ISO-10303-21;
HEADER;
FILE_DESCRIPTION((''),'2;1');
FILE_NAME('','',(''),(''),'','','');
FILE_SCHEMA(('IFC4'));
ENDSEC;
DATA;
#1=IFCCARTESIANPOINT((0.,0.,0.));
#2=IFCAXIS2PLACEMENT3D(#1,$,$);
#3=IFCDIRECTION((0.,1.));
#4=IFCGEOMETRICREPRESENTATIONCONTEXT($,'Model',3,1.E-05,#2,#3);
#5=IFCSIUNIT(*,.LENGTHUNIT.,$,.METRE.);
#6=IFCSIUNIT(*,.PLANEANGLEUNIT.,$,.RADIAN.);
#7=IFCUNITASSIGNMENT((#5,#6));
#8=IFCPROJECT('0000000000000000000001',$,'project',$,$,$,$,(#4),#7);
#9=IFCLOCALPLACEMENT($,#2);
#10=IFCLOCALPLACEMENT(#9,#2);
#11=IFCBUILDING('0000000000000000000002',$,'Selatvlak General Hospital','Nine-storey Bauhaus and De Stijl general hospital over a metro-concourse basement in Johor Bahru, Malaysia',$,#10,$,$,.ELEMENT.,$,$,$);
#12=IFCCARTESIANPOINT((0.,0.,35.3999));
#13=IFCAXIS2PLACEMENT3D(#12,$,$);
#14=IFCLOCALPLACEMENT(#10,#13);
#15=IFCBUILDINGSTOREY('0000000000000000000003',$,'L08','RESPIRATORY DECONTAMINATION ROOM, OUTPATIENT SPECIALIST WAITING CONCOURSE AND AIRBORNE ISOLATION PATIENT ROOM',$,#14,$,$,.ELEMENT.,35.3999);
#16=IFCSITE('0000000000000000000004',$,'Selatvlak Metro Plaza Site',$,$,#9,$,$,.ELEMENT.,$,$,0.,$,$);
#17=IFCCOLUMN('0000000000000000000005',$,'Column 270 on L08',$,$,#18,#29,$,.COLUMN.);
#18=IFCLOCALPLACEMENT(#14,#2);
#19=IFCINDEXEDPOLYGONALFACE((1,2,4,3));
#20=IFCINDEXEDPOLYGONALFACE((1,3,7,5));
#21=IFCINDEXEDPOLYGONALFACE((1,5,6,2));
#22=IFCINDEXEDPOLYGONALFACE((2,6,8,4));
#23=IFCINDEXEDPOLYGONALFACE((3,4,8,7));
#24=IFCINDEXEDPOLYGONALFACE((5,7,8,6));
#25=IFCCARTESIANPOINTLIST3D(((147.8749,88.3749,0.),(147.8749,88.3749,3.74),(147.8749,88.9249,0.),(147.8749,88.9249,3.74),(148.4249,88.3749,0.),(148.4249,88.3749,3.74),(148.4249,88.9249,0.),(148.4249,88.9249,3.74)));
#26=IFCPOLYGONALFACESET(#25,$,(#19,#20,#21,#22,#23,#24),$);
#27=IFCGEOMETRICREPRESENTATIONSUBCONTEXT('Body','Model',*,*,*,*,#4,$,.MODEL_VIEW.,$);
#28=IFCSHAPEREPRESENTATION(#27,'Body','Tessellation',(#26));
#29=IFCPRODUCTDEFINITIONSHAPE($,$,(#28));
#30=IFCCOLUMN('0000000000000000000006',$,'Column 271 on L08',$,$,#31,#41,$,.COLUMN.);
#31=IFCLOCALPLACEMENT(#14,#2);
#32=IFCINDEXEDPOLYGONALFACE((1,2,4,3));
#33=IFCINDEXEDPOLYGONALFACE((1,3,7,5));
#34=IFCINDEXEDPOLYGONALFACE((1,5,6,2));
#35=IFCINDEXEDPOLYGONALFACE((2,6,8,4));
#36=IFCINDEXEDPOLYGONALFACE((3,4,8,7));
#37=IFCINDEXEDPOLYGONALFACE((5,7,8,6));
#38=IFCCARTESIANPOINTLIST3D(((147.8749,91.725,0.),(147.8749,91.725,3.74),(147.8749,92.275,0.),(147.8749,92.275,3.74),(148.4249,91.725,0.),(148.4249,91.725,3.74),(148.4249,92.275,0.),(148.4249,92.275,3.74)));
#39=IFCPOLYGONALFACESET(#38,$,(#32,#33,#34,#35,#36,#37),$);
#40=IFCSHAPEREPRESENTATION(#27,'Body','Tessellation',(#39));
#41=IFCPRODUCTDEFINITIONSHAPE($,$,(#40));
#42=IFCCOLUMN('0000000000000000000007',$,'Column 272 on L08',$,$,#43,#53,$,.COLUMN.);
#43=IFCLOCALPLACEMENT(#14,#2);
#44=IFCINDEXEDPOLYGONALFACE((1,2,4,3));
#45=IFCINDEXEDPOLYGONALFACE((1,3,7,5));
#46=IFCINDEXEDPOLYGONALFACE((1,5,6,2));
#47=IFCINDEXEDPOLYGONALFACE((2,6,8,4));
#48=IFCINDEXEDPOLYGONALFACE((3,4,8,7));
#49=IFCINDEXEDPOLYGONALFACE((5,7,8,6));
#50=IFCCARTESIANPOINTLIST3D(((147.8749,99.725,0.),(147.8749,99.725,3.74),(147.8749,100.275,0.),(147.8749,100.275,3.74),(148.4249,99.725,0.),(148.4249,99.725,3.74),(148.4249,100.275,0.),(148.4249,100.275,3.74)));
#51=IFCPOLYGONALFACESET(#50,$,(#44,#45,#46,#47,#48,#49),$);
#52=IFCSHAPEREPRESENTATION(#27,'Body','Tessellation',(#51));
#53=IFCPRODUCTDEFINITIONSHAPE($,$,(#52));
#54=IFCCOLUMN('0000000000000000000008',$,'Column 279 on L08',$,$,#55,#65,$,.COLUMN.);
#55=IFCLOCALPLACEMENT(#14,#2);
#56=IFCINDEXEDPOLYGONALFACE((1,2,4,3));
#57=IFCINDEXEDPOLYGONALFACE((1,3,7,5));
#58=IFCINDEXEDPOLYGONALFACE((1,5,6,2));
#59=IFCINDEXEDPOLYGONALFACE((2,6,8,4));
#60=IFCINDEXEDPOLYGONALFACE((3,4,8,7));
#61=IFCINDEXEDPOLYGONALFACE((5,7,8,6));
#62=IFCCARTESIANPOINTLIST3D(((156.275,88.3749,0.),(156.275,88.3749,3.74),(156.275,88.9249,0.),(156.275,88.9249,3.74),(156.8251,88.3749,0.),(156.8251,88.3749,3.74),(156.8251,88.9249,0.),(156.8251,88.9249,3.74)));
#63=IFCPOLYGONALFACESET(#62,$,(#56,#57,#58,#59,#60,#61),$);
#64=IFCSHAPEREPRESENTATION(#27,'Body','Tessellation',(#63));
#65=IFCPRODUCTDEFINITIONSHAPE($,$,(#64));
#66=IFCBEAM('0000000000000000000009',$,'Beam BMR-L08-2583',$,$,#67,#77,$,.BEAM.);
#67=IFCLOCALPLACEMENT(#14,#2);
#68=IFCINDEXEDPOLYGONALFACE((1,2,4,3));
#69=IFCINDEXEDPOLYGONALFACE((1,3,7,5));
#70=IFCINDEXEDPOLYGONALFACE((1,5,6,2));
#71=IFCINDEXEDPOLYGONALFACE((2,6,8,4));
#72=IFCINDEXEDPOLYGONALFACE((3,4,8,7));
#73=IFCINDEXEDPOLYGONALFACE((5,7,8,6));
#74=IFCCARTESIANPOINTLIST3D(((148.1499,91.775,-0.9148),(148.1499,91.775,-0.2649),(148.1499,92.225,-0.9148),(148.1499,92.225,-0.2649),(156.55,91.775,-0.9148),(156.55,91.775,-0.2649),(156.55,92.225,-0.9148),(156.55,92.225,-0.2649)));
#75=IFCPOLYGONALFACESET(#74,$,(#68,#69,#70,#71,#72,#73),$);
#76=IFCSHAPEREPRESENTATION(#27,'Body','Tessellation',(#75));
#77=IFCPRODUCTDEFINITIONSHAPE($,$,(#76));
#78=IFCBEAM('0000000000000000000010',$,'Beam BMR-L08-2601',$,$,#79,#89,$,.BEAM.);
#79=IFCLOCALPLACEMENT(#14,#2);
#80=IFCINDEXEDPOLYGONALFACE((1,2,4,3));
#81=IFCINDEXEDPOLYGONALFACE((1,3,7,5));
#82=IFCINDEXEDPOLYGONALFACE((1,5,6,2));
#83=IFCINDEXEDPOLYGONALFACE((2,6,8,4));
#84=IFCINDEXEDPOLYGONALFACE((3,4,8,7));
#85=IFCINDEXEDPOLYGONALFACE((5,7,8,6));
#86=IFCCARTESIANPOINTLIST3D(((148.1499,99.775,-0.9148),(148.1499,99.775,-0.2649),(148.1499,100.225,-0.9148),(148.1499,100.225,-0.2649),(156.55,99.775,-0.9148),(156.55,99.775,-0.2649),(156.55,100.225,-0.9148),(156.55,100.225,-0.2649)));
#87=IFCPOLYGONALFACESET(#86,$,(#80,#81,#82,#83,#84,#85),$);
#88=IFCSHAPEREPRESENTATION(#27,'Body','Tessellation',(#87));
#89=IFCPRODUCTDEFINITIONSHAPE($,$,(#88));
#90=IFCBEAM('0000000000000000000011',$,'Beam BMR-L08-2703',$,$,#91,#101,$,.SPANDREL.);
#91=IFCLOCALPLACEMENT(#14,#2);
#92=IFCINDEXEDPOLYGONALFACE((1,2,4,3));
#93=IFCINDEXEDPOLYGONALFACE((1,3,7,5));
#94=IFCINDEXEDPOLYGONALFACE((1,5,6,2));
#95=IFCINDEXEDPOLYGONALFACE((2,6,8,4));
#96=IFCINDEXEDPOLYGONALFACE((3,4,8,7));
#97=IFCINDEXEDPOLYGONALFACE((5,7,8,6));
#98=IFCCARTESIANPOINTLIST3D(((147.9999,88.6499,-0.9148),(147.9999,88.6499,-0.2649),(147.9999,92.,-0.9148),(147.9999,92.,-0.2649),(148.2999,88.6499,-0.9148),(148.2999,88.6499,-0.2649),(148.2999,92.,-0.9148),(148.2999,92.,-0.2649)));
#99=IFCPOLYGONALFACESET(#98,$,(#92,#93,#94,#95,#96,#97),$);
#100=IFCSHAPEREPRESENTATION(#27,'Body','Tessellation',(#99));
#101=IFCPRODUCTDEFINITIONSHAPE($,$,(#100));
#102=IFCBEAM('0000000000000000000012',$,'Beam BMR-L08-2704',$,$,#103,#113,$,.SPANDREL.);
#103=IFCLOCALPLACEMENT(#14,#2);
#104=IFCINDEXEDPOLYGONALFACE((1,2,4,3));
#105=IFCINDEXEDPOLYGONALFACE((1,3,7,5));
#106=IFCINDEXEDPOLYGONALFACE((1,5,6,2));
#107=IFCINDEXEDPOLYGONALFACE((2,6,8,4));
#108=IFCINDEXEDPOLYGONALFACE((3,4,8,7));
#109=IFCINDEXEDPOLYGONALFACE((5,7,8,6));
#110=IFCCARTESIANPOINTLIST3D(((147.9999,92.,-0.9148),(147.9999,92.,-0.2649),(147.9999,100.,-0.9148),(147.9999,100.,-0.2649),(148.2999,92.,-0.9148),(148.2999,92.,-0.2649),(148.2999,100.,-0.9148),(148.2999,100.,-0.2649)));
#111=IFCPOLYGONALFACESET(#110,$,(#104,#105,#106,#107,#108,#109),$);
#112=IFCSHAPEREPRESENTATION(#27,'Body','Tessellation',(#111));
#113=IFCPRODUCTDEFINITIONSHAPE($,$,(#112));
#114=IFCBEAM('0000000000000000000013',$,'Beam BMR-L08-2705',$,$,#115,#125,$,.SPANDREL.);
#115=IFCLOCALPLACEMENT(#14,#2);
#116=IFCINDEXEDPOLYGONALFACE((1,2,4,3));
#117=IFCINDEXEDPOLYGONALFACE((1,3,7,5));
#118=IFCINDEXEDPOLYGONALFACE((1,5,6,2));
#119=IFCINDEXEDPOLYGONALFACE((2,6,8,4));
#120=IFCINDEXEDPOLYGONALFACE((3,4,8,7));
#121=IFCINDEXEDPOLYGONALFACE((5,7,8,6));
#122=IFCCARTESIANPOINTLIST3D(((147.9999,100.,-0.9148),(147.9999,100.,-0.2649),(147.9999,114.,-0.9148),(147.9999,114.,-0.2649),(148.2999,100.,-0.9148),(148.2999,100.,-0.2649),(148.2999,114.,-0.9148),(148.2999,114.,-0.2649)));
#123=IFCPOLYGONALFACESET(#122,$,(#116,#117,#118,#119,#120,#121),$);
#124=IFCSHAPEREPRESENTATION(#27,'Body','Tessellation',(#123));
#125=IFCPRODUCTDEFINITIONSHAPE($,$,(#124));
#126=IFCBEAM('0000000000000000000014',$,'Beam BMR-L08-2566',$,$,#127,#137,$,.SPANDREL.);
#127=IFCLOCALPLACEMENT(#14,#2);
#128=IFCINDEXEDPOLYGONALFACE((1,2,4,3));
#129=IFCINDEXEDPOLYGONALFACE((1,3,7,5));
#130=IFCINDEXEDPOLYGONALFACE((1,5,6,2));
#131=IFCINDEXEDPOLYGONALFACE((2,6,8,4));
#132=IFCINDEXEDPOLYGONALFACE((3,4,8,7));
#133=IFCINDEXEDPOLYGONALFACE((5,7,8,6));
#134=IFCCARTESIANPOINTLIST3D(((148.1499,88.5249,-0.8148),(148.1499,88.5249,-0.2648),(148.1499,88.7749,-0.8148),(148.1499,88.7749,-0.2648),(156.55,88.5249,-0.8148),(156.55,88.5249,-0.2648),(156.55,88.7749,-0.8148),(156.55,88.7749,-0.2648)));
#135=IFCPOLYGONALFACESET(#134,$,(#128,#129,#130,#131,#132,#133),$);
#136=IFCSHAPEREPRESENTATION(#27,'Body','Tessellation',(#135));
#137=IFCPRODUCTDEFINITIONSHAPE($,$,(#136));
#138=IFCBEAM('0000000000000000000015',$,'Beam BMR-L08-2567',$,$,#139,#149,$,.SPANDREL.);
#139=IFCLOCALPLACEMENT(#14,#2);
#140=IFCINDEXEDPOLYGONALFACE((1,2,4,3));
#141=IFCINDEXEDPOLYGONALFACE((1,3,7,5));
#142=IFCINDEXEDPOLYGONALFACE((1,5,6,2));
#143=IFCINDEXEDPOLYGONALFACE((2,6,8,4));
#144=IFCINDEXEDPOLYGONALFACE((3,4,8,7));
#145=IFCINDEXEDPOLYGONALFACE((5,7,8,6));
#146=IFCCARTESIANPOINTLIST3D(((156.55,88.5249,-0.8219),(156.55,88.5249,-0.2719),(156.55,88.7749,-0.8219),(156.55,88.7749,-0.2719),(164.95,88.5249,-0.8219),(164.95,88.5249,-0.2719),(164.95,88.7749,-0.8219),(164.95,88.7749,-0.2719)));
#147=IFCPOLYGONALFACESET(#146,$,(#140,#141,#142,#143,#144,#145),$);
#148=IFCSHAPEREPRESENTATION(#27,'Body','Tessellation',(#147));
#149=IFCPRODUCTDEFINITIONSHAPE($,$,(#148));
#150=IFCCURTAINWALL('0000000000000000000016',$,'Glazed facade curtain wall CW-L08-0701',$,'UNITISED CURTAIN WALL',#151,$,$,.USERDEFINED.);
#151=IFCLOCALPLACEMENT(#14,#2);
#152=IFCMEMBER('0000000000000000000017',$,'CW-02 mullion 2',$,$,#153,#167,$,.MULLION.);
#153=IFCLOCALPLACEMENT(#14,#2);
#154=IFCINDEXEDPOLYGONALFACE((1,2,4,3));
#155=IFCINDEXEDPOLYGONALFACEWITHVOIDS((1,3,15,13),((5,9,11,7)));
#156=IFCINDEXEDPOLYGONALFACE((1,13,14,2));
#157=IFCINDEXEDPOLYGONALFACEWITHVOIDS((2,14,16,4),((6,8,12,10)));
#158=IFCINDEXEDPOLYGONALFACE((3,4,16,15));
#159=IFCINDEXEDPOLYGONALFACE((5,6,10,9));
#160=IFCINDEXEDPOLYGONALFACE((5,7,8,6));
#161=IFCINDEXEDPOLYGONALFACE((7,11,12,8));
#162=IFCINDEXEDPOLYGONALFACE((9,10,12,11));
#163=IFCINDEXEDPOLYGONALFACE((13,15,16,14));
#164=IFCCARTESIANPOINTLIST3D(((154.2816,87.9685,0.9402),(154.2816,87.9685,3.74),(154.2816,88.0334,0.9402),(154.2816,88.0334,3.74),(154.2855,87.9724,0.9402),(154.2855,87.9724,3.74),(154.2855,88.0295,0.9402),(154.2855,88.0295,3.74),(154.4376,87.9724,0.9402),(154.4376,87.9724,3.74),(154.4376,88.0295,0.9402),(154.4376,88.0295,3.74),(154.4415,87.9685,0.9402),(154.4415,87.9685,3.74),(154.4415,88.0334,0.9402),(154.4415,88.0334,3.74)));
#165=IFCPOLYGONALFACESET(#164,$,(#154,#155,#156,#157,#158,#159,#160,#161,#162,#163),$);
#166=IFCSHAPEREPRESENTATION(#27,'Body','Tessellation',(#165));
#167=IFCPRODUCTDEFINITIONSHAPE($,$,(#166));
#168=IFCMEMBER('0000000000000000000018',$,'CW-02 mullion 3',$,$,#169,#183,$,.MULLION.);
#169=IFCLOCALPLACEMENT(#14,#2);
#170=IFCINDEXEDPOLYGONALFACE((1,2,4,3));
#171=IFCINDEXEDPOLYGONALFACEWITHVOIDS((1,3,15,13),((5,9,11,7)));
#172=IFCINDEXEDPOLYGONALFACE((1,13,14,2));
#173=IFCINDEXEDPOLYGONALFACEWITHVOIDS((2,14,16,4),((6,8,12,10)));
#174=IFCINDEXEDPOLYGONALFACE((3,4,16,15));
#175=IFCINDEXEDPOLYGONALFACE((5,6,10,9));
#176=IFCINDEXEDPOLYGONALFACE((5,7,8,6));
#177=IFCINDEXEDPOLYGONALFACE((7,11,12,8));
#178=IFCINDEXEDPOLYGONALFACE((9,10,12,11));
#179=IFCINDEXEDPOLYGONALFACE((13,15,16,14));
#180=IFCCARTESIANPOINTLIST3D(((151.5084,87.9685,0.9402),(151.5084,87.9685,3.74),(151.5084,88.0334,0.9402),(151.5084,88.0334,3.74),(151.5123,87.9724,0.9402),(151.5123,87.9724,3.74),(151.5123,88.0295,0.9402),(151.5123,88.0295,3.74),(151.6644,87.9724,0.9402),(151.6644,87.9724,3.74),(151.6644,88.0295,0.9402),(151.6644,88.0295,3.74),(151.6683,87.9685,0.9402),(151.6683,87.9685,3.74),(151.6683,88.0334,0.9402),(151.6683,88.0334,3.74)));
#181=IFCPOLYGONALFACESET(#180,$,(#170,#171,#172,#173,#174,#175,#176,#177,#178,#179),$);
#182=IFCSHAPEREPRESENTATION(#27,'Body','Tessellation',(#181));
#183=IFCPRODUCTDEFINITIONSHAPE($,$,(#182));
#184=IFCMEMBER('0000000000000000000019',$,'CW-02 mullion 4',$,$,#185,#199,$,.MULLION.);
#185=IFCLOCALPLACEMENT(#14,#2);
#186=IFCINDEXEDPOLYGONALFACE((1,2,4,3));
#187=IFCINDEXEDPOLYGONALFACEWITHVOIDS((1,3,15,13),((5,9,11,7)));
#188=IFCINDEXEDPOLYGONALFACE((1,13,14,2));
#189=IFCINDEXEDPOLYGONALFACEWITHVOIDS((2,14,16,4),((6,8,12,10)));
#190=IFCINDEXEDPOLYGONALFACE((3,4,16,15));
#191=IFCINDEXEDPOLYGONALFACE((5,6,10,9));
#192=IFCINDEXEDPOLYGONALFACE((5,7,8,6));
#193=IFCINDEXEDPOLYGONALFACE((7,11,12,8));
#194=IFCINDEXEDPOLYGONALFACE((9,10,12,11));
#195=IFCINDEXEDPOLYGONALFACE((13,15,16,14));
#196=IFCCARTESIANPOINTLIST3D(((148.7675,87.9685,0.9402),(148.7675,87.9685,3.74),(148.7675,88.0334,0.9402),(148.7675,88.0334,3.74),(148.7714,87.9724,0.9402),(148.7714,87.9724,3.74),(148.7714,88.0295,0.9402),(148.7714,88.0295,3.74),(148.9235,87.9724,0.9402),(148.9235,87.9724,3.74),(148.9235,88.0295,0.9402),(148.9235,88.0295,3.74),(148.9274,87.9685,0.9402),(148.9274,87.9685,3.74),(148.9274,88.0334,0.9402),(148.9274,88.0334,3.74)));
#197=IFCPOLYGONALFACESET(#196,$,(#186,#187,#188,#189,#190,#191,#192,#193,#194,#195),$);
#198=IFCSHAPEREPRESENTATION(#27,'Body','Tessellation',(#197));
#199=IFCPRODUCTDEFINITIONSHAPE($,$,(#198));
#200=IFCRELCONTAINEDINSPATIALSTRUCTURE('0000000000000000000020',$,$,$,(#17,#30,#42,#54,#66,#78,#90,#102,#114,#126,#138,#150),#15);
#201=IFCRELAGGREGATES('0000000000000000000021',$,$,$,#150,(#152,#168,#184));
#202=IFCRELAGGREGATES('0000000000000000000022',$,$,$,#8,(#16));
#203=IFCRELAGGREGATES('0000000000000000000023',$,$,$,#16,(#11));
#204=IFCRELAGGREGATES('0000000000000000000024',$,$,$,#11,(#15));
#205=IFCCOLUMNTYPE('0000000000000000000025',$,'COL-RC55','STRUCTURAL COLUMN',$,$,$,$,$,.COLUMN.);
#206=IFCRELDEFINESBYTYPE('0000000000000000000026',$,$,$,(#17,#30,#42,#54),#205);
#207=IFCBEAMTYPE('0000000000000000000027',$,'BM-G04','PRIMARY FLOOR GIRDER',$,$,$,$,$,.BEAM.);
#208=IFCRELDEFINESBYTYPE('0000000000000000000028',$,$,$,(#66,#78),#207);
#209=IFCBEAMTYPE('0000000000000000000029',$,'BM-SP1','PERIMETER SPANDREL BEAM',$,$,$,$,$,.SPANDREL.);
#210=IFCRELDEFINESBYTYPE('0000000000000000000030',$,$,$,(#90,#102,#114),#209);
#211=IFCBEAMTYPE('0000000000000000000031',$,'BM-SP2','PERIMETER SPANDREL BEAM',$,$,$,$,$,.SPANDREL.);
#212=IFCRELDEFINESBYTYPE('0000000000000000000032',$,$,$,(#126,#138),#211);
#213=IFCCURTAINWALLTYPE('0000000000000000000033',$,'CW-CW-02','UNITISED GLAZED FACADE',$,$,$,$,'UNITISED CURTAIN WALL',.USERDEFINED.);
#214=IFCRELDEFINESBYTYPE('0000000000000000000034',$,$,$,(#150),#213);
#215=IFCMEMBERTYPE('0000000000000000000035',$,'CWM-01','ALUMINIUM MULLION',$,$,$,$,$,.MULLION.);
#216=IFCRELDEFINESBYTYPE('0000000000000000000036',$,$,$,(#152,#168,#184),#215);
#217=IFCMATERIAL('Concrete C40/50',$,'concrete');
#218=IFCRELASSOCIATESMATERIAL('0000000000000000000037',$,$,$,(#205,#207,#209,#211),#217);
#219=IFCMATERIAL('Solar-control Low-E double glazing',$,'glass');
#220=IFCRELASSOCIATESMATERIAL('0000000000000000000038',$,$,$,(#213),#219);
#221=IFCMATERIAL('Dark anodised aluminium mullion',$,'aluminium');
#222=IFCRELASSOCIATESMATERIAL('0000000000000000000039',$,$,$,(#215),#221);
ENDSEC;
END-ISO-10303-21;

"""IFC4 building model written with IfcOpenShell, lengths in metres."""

from ifc_helpers import new_model, si_unit, direction, frame, origin, origin_2d, place, context, subcontext, project, spatial, rectangle, hollow_rectangle, extrude, material, material_profile, profile_set, type_object, element, aggregate, save


model = new_model("IFC4")

# Units and contexts
model_context = context("Model", 3, precision=1e-05, world=origin(), true_north=direction((0.0, 1.0)))
body_context = subcontext(model_context, "Body", "Model", "MODEL_VIEW")
ifc_project = project(units=[si_unit("LENGTHUNIT", "METRE"), si_unit("PLANEANGLEUNIT", "RADIAN")], contexts=[model_context])

# Site, building, storey
site_placement = place(None, origin())
site = spatial("IfcSite", under=ifc_project, at=site_placement, Name="Selatvlak Metro Plaza Site", CompositionType="ELEMENT", RefElevation=0.0)
building_placement = place(site_placement, origin())
building = spatial("IfcBuilding", under=site, at=building_placement, Name="Selatvlak General Hospital", Description="Nine-storey Bauhaus and De Stijl general hospital over a metro-concourse basement in Johor Bahru, Malaysia", CompositionType="ELEMENT")
storey_placement = place(building_placement, frame((0.0, 0.0, 35.3999)))
storey = spatial("IfcBuildingStorey", under=building, at=storey_placement, Name="L08", Description="RESPIRATORY DECONTAMINATION ROOM, OUTPATIENT SPECIALIST WAITING CONCOURSE AND AIRBORNE ISOLATION PATIENT ROOM", CompositionType="ELEMENT", Elevation=35.3999)

# Columns
ifc_material_1 = material(Name="Concrete C40/50", Category="concrete")
ifc_material_profile_1 = material_profile(ifc_material_1, rectangle(XDim=0.55, YDim=0.55, at=origin_2d()), Name="RC-COL 550x550")
ifc_profile_set_1 = profile_set([ifc_material_profile_1], Name="Concrete C40/50")
column_type = type_object("IfcColumnType", Name="COL-RC55", Description="STRUCTURAL COLUMN", PredefinedType="COLUMN", material=ifc_profile_set_1)
for number, where, z_axis, x_axis, name in (
    (1, (148.1499, 88.6499, 0.0), (0.0, 0.0, 1.0), (1.0, 0.0, 0.0), "Column 270 on L08"),
    (2, (148.1499, 92.0, 0.0), (0.0, 0.0, 1.0), (1.0, 0.0, 0.0), "Column 271 on L08"),
    (3, (148.1499, 100.0, 0.0), (0.0, 0.0, 1.0), (1.0, 0.0, 0.0), "Column 272 on L08"),
    (4, (156.55, 88.6499, 0.0), (0.0, 0.0, 1.0), (1.0, 0.0, 0.0), "Column 279 on L08"),
):
    element("IfcColumn", number, at=place(storey_placement, frame(where, z_axis=z_axis, x_axis=x_axis)), inside=storey, type_object=column_type, Name=name, PredefinedType="COLUMN", context=body_context, shape_type="SweptSolid", body=[
        extrude(rectangle(XDim=0.55, YDim=0.55, at=origin_2d()), origin(), (0.0, 0.0, 1.0), 3.74),
    ])

# Beams
ifc_material_profile_2 = material_profile(ifc_material_1, rectangle(XDim=0.45, YDim=0.6499, at=origin_2d()), Name="RC-BM 450x650")
ifc_profile_set_2 = profile_set([ifc_material_profile_2], Name="Concrete C40/50")
beam_type_1 = type_object("IfcBeamType", Name="BM-G04", Description="PRIMARY FLOOR GIRDER", PredefinedType="BEAM", material=ifc_profile_set_2)
for number, where, z_axis, x_axis, name in (
    (5, (148.1499, 92.0, -0.5898), (1.0, 0.0, 0.0), (0.0, 1.0, 0.0), "Beam BMR-L08-2583"),
    (6, (148.1499, 100.0, -0.5898), (1.0, 0.0, 0.0), (0.0, 1.0, 0.0), "Beam BMR-L08-2601"),
):
    element("IfcBeam", number, at=place(storey_placement, frame(where, z_axis=z_axis, x_axis=x_axis)), inside=storey, type_object=beam_type_1, Name=name, PredefinedType="BEAM", context=body_context, shape_type="SweptSolid", body=[
        extrude(rectangle(XDim=0.45, YDim=0.6499, at=origin_2d()), origin(), (0.0, 0.0, 1.0), 8.4001),
    ])
ifc_material_profile_3 = material_profile(ifc_material_1, rectangle(XDim=0.3, YDim=0.6499, at=origin_2d()), Name="RC-SP 300x650")
ifc_profile_set_3 = profile_set([ifc_material_profile_3], Name="Concrete C40/50")
beam_type_2 = type_object("IfcBeamType", Name="BM-SP1", Description="PERIMETER SPANDREL BEAM", PredefinedType="SPANDREL", material=ifc_profile_set_3)
beam_1_placement = place(storey_placement, frame((148.1499, 88.6499, -0.5898), z_axis=(0.0, 1.0, 0.0), x_axis=(-1.0, 0.0, 0.0)))
element("IfcBeam", 7, at=beam_1_placement, inside=storey, type_object=beam_type_2, Name="Beam BMR-L08-2703", PredefinedType="SPANDREL", context=body_context, shape_type="SweptSolid", body=[
    extrude(rectangle(XDim=0.3, YDim=0.6499, at=origin_2d()), origin(), (0.0, 0.0, 1.0), 3.3501),
])
beam_2_placement = place(storey_placement, frame((148.1499, 92.0, -0.5898), z_axis=(0.0, 1.0, 0.0), x_axis=(-1.0, 0.0, 0.0)))
element("IfcBeam", 8, at=beam_2_placement, inside=storey, type_object=beam_type_2, Name="Beam BMR-L08-2704", PredefinedType="SPANDREL", context=body_context, shape_type="SweptSolid", body=[
    extrude(rectangle(XDim=0.3, YDim=0.6499, at=origin_2d()), origin(), (0.0, 0.0, 1.0), 8.0),
])
beam_3_placement = place(storey_placement, frame((148.1499, 100.0, -0.5898), z_axis=(0.0, 1.0, 0.0), x_axis=(-1.0, 0.0, 0.0)))
element("IfcBeam", 9, at=beam_3_placement, inside=storey, type_object=beam_type_2, Name="Beam BMR-L08-2705", PredefinedType="SPANDREL", context=body_context, shape_type="SweptSolid", body=[
    extrude(rectangle(XDim=0.3, YDim=0.6499, at=origin_2d()), origin(), (0.0, 0.0, 1.0), 14.0),
])
ifc_material_profile_4 = material_profile(ifc_material_1, rectangle(XDim=0.25, YDim=0.55, at=origin_2d()), Name="RC-SP 250x550")
ifc_profile_set_4 = profile_set([ifc_material_profile_4], Name="Concrete C40/50")
beam_type_3 = type_object("IfcBeamType", Name="BM-SP2", Description="PERIMETER SPANDREL BEAM", PredefinedType="SPANDREL", material=ifc_profile_set_4)
beam_4_placement = place(storey_placement, frame((148.1499, 88.6499, -0.5398), z_axis=(1.0, 0.0, 0.0), x_axis=(0.0, 1.0, 0.0)))
element("IfcBeam", 10, at=beam_4_placement, inside=storey, type_object=beam_type_3, Name="Beam BMR-L08-2566", PredefinedType="SPANDREL", context=body_context, shape_type="SweptSolid", body=[
    extrude(rectangle(XDim=0.25, YDim=0.55, at=origin_2d()), origin(), (0.0, 0.0, 1.0), 8.4001),
])
beam_5_placement = place(storey_placement, frame((156.55, 88.6499, -0.5469), z_axis=(1.0, 0.0, 0.0), x_axis=(0.0, 1.0, 0.0)))
element("IfcBeam", 11, at=beam_5_placement, inside=storey, type_object=beam_type_3, Name="Beam BMR-L08-2567", PredefinedType="SPANDREL", context=body_context, shape_type="SweptSolid", body=[
    extrude(rectangle(XDim=0.25, YDim=0.55, at=origin_2d()), origin(), (0.0, 0.0, 1.0), 8.3999),
])

# Curtain wall, members
ifc_material_2 = material(Name="Solar-control Low-E double glazing", Category="glass")
curtain_wall_type_1 = type_object("IfcCurtainWallType", Name="CW-CW-02", Description="UNITISED GLAZED FACADE", ElementType="UNITISED CURTAIN WALL", PredefinedType="USERDEFINED", material=ifc_material_2)
curtain_wall_1_placement = place(storey_placement, origin())
curtain_wall_1 = element("IfcCurtainWall", 12, at=curtain_wall_1_placement, inside=storey, type_object=curtain_wall_type_1, Name="Glazed facade curtain wall CW-L08-0701", ObjectType="UNITISED CURTAIN WALL", PredefinedType="USERDEFINED")
ifc_material_3 = material(Name="Dark anodised aluminium mullion", Category="aluminium")
ifc_material_profile_5 = material_profile(ifc_material_3, hollow_rectangle(XDim=0.0649, YDim=0.1599, WallThickness=0.0039, at=origin_2d()), Name="AL-MUL 65x160x4")
ifc_profile_set_5 = profile_set([ifc_material_profile_5], Name="Dark anodised aluminium mullion")
member_type_1 = type_object("IfcMemberType", Name="CWM-01", Description="ALUMINIUM MULLION", PredefinedType="MULLION", material=ifc_profile_set_5)
member_1_placement = place(storey_placement, frame((154.3616, 88.001, 0.9402), z_axis=(0.0, 0.0, 1.0), x_axis=(0.0, -1.0, 0.0)))
member_1 = element("IfcMember", 13, at=member_1_placement, type_object=member_type_1, Name="CW-02 mullion 2", PredefinedType="MULLION", context=body_context, shape_type="SweptSolid", body=[
    extrude(hollow_rectangle(XDim=0.0649, YDim=0.1599, WallThickness=0.0039, at=origin_2d()), origin(), (0.0, 0.0, 1.0), 2.7998),
])
member_2_placement = place(storey_placement, frame((151.5884, 88.001, 0.9402), z_axis=(0.0, 0.0, 1.0), x_axis=(0.0, -1.0, 0.0)))
member_2 = element("IfcMember", 14, at=member_2_placement, type_object=member_type_1, Name="CW-02 mullion 3", PredefinedType="MULLION", context=body_context, shape_type="SweptSolid", body=[
    extrude(hollow_rectangle(XDim=0.0649, YDim=0.1599, WallThickness=0.0039, at=origin_2d()), origin(), (0.0, 0.0, 1.0), 2.7998),
])
member_3_placement = place(storey_placement, frame((148.8474, 88.001, 0.9402), z_axis=(0.0, 0.0, 1.0), x_axis=(0.0, -1.0, 0.0)))
member_3 = element("IfcMember", 15, at=member_3_placement, type_object=member_type_1, Name="CW-02 mullion 4", PredefinedType="MULLION", context=body_context, shape_type="SweptSolid", body=[
    extrude(hollow_rectangle(XDim=0.0649, YDim=0.1599, WallThickness=0.0039, at=origin_2d()), origin(), (0.0, 0.0, 1.0), 2.7998),
])

aggregate(curtain_wall_1, [member_1, member_2, member_3])

save(model, "model.ifc")
